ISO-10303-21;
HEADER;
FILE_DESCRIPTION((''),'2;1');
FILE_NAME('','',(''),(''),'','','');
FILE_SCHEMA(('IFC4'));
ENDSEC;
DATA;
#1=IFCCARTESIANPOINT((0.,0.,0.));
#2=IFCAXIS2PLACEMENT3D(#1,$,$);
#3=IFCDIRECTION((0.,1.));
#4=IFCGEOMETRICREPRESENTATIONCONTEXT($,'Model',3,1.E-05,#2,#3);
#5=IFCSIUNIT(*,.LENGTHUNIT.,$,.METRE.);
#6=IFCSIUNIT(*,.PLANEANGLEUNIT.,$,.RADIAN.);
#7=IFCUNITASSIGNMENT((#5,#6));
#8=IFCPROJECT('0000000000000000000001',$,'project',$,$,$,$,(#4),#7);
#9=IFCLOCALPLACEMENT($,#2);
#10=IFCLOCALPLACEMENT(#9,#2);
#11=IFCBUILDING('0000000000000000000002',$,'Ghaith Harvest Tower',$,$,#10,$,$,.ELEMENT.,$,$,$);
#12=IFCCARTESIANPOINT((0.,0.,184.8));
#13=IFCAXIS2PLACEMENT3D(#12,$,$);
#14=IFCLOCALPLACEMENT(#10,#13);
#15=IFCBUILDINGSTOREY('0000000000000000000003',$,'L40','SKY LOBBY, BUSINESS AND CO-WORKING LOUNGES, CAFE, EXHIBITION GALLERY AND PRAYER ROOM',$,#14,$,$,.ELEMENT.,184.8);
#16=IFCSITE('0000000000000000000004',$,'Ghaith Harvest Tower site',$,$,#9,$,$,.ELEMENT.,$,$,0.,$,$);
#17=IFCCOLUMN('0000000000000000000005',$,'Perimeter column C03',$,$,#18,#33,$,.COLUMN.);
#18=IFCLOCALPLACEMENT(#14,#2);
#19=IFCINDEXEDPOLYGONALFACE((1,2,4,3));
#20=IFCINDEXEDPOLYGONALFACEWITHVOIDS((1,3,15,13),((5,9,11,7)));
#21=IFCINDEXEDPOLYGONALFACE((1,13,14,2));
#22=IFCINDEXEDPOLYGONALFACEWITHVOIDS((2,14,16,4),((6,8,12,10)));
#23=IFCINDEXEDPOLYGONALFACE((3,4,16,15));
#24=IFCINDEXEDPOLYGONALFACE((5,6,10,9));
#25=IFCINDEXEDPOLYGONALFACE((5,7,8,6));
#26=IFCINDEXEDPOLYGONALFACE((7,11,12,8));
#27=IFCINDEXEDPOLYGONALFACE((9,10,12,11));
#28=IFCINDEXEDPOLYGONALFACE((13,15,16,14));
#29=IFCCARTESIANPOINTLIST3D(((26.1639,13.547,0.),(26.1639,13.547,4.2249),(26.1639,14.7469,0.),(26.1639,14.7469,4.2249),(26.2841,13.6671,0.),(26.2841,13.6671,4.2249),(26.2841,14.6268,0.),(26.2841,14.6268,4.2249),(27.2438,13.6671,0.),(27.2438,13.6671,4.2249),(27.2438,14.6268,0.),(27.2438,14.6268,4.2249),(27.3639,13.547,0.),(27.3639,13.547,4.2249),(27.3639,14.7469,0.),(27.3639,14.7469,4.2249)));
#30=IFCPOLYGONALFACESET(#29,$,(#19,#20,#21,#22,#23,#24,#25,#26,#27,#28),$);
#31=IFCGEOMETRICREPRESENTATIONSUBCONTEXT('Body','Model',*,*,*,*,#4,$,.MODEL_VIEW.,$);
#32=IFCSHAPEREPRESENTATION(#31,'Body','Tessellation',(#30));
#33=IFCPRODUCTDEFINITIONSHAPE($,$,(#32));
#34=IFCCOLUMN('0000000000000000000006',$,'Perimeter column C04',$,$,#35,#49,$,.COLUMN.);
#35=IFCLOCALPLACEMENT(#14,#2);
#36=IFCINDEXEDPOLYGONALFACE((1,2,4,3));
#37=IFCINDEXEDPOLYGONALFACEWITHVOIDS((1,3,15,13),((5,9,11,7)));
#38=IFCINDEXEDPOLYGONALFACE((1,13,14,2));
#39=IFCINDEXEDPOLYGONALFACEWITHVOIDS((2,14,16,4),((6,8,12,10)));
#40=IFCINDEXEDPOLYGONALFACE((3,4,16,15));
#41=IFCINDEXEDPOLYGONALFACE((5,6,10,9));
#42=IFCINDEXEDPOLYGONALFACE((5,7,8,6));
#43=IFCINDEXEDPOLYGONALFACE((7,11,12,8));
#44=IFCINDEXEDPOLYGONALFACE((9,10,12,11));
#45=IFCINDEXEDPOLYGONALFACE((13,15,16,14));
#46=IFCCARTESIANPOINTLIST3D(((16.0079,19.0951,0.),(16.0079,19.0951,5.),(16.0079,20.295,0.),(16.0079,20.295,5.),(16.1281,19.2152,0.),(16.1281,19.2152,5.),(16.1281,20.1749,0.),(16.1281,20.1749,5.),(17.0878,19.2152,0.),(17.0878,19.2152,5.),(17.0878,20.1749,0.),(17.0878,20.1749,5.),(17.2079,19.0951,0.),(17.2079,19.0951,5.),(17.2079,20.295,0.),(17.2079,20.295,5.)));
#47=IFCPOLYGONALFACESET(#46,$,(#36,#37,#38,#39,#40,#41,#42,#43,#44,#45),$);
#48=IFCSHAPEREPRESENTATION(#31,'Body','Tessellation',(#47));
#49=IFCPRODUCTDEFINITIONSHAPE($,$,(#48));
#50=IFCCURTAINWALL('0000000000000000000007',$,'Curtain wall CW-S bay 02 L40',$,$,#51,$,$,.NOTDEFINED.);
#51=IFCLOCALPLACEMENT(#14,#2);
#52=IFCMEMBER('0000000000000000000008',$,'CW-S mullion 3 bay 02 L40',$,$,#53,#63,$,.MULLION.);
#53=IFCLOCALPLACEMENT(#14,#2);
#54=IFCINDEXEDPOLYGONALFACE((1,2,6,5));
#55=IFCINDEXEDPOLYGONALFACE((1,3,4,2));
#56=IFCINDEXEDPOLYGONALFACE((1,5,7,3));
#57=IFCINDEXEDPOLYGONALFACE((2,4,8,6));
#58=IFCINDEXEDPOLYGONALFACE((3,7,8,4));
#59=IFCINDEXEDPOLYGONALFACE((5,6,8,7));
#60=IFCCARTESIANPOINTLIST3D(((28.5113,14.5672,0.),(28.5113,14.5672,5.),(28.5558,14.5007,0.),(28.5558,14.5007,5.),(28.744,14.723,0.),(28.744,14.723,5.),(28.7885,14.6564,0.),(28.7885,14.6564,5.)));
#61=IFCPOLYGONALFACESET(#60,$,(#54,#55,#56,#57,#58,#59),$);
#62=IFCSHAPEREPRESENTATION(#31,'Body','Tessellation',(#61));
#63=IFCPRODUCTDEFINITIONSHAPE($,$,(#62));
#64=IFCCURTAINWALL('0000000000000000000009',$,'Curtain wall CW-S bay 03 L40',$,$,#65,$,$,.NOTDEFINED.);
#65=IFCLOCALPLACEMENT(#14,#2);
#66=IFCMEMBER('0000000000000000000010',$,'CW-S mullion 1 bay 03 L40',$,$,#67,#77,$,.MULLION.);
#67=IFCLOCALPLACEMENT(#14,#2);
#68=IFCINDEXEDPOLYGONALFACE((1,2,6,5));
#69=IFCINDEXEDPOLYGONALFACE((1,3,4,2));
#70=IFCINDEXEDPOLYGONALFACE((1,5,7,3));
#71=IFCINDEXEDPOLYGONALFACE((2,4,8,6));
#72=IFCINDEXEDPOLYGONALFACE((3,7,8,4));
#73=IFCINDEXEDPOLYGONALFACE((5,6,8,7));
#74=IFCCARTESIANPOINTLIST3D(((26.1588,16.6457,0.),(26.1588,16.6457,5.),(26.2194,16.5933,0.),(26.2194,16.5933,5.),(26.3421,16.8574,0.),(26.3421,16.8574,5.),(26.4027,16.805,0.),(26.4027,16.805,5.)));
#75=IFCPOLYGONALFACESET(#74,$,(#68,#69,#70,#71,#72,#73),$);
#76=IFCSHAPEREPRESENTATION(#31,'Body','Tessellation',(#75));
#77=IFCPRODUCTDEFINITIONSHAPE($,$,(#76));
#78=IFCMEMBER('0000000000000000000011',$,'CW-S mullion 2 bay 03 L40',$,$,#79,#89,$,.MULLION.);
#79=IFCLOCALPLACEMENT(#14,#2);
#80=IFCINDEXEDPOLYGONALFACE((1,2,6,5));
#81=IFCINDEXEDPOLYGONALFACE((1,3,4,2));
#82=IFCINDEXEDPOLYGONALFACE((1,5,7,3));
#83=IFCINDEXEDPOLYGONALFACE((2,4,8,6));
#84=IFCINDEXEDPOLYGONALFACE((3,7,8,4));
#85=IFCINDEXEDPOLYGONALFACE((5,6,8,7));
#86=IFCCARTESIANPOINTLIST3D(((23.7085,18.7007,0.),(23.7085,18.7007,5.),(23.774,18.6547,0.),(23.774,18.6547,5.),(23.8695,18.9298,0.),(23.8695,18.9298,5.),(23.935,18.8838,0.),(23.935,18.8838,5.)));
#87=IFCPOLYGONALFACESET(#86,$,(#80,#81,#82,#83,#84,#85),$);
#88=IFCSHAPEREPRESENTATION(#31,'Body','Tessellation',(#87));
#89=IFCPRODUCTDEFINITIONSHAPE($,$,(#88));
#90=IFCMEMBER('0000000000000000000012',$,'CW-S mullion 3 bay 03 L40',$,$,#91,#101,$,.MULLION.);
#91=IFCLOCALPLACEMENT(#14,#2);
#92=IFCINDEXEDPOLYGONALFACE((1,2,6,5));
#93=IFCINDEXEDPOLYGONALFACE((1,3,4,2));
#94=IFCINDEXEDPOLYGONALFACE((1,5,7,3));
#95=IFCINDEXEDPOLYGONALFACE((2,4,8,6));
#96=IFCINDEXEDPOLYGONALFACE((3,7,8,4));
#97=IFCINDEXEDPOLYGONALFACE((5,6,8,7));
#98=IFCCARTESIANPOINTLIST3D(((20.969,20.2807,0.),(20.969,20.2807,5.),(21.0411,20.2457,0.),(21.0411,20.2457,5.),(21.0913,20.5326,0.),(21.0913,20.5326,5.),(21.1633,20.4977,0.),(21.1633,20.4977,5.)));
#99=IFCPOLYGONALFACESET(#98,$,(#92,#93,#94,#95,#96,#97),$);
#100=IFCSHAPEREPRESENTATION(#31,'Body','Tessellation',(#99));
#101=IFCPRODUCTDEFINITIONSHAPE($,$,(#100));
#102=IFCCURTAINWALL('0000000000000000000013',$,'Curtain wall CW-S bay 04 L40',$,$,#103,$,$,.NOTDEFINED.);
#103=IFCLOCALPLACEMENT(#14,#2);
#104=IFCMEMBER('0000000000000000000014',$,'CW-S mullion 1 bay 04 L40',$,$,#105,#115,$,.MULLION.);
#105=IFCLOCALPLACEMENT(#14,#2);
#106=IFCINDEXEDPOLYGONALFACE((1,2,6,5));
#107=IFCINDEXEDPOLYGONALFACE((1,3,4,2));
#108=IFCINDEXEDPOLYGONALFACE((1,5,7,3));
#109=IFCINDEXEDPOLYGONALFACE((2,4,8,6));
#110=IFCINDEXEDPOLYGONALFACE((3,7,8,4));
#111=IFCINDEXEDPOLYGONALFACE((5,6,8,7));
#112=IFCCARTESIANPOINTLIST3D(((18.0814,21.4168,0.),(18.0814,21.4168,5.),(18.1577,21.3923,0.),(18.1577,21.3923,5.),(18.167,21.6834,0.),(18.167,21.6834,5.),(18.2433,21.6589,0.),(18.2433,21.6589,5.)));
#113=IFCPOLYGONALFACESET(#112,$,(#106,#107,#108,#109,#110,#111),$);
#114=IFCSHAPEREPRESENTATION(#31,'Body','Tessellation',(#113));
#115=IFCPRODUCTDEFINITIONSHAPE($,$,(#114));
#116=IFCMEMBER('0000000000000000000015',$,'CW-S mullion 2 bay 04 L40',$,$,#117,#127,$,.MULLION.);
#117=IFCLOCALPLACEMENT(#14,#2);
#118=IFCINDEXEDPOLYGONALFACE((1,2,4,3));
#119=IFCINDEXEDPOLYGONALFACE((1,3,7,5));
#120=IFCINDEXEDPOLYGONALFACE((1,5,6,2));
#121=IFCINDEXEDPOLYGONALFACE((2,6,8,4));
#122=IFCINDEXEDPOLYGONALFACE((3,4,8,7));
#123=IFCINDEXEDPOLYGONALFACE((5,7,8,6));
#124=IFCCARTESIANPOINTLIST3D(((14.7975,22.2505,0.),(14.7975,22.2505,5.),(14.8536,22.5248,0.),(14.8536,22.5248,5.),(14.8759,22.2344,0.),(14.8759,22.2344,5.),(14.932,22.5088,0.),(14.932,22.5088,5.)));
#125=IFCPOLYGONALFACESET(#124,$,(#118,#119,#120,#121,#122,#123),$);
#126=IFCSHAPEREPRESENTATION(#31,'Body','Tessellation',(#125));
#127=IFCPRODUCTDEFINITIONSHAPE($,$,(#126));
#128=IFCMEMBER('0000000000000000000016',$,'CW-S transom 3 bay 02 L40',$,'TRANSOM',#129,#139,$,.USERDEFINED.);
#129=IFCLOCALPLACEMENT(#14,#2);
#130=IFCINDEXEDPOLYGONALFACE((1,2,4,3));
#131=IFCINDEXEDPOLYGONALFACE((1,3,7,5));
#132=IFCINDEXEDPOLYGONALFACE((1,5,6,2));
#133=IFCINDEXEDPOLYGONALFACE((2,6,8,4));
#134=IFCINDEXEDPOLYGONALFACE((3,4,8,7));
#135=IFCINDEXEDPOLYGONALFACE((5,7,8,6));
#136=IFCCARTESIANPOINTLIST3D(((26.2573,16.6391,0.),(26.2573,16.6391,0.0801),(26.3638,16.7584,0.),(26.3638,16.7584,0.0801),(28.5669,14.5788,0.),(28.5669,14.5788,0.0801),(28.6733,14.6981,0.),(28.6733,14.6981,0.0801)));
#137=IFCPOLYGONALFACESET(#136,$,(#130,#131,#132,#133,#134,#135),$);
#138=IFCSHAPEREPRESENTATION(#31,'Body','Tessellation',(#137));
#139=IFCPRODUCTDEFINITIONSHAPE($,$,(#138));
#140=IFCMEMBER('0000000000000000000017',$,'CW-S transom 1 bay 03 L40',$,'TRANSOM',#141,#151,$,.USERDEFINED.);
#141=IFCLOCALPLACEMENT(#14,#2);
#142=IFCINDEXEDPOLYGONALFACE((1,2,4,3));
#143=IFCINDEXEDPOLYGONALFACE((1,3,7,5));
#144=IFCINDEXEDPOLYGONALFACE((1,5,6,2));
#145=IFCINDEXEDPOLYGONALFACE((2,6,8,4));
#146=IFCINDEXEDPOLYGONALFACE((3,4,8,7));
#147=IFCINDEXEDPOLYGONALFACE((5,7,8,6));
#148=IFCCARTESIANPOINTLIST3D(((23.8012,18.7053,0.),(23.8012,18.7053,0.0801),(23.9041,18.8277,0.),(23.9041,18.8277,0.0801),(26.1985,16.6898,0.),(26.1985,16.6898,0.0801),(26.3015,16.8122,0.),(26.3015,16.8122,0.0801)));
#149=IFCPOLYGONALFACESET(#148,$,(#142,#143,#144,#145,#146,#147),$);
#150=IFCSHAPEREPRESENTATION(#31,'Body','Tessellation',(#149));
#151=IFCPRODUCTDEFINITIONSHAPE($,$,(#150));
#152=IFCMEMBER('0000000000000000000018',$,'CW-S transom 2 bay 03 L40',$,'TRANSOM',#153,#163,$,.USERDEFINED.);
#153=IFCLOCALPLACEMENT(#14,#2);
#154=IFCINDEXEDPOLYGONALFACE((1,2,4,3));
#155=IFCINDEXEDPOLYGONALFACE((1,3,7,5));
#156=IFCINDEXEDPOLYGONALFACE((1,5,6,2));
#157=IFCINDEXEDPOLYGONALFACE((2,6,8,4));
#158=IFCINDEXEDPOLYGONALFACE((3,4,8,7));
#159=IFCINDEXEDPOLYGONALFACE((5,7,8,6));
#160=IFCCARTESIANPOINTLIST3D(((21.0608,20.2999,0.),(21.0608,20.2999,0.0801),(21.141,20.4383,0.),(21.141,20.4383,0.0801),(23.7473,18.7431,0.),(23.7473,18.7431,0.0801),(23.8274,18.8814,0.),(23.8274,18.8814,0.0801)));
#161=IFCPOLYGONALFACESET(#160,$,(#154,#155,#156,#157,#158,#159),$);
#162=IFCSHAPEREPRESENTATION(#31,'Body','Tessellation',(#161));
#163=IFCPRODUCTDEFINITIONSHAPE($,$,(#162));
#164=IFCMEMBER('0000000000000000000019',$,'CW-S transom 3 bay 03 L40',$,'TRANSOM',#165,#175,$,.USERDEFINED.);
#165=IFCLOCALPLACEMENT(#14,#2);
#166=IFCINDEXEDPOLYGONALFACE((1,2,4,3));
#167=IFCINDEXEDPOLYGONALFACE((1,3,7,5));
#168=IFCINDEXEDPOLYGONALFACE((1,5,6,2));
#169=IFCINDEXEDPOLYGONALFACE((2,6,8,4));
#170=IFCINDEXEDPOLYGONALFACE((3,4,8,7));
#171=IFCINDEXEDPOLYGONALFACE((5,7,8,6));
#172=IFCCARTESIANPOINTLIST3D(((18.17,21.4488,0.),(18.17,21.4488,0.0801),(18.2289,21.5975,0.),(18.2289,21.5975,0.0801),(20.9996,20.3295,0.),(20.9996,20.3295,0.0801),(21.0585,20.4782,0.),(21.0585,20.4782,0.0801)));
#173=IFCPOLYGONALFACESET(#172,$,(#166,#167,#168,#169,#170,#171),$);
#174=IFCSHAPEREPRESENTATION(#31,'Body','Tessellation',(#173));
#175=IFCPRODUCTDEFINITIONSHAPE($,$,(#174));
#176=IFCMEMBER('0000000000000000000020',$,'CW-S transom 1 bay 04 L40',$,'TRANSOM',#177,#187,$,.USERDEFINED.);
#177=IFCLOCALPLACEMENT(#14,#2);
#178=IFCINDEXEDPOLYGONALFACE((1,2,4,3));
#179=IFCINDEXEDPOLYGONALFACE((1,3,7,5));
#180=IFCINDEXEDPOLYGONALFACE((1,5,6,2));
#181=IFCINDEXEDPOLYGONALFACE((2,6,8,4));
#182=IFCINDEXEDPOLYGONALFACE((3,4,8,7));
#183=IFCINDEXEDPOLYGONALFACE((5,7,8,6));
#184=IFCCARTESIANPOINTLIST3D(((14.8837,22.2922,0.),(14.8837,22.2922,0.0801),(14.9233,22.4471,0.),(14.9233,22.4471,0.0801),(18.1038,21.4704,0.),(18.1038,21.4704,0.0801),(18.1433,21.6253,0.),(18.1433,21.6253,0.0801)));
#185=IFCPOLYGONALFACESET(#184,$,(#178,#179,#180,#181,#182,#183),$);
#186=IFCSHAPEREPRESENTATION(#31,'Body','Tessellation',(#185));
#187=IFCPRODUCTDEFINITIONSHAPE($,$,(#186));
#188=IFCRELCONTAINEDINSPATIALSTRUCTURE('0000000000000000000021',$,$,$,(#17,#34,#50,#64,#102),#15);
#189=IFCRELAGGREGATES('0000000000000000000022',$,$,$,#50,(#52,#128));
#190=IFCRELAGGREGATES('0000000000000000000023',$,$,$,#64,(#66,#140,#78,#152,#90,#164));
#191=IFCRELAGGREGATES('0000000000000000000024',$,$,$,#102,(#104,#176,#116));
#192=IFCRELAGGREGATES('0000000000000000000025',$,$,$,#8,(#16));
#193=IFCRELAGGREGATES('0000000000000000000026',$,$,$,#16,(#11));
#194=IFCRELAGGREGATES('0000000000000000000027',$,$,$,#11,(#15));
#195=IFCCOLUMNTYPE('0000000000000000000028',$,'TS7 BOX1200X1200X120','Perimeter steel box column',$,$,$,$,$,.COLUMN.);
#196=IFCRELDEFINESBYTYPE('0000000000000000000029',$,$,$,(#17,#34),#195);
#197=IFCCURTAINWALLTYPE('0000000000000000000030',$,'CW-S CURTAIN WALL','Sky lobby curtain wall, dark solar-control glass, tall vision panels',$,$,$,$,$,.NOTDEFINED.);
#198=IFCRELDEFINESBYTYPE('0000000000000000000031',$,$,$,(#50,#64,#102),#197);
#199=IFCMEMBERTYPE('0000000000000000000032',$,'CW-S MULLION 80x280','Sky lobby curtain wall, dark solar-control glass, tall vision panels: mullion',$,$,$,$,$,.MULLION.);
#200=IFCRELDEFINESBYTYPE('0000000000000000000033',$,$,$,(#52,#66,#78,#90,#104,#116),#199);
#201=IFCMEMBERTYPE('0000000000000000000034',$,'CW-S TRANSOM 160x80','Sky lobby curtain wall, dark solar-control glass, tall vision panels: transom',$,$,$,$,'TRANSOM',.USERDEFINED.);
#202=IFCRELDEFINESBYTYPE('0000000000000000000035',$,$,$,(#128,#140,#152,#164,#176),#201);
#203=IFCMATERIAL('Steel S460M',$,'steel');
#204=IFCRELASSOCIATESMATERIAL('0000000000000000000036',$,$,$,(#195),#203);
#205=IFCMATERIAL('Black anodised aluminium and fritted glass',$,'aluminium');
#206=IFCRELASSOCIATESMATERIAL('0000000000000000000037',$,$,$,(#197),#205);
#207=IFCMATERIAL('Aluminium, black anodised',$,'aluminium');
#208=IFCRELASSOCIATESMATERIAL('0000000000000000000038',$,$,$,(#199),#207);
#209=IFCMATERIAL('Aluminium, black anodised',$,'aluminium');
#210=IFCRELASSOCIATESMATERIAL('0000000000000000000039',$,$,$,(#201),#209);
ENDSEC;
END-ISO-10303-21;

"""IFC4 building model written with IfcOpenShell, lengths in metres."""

from ifc_helpers import new_model, si_unit, direction, frame, origin, origin_2d, place, context, subcontext, project, spatial, rectangle, hollow_rectangle, extrude, material, material_profile, profile_set, type_object, element, aggregate, save


model = new_model("IFC4")

# Units and contexts
model_context = context("Model", 3, precision=1e-05, world=origin(), true_north=direction((0.0, 1.0)))
body_context = subcontext(model_context, "Body", "Model", "MODEL_VIEW")
ifc_project = project(units=[si_unit("LENGTHUNIT", "METRE"), si_unit("PLANEANGLEUNIT", "RADIAN")], contexts=[model_context])

# Site, building, storey
site_placement = place(None, origin())
site = spatial("IfcSite", under=ifc_project, at=site_placement, Name="Ghaith Harvest Tower site", CompositionType="ELEMENT", RefElevation=0.0)
building_placement = place(site_placement, origin())
building = spatial("IfcBuilding", under=site, at=building_placement, Name="Ghaith Harvest Tower", CompositionType="ELEMENT")
storey_placement = place(building_placement, frame((0.0, 0.0, 184.8)))
storey = spatial("IfcBuildingStorey", under=building, at=storey_placement, Name="L40", Description="SKY LOBBY, BUSINESS AND CO-WORKING LOUNGES, CAFE, EXHIBITION GALLERY AND PRAYER ROOM", CompositionType="ELEMENT", Elevation=184.8)

# Columns
ifc_material_1 = material(Name="Steel S460M", Category="steel")
ifc_material_profile_1 = material_profile(ifc_material_1, hollow_rectangle(XDim=1.2, YDim=1.2, WallThickness=0.1201, at=origin_2d()), Name="BOX1200X1200X120")
ifc_profile_set_1 = profile_set([ifc_material_profile_1], Name="Steel S460M")
column_type = type_object("IfcColumnType", Name="TS7 BOX1200X1200X120", Description="Perimeter steel box column", PredefinedType="COLUMN", material=ifc_profile_set_1)
column_1_placement = place(storey_placement, frame((26.7639, 14.147, 0.0), z_axis=(0.0, 0.0, 1.0), x_axis=(1.0, 0.0, 0.0)))
element("IfcColumn", 1, at=column_1_placement, inside=storey, type_object=column_type, Name="Perimeter column C03", PredefinedType="COLUMN", context=body_context, shape_type="SweptSolid", body=[
    extrude(hollow_rectangle(XDim=1.2, YDim=1.2, WallThickness=0.1201, at=origin_2d()), origin(), (0.0, 0.0, 1.0), 4.2249),
])
column_2_placement = place(storey_placement, frame((16.6079, 19.6951, 0.0), z_axis=(0.0, 0.0, 1.0), x_axis=(1.0, 0.0, 0.0)))
element("IfcColumn", 2, at=column_2_placement, inside=storey, type_object=column_type, Name="Perimeter column C04", PredefinedType="COLUMN", context=body_context, shape_type="SweptSolid", body=[
    extrude(hollow_rectangle(XDim=1.2, YDim=1.2, WallThickness=0.1201, at=origin_2d()), origin(), (0.0, 0.0, 1.0), 5.0),
])

# Curtain wall, member
ifc_material_2 = material(Name="Black anodised aluminium and fritted glass", Category="aluminium")
curtain_wall_type = type_object("IfcCurtainWallType", Name="CW-S CURTAIN WALL", Description="Sky lobby curtain wall, dark solar-control glass, tall vision panels", PredefinedType="NOTDEFINED", material=ifc_material_2)
curtain_wall_1_placement = place(storey_placement, origin())
curtain_wall_1 = element("IfcCurtainWall", 3, at=curtain_wall_1_placement, inside=storey, type_object=curtain_wall_type, Name="Curtain wall CW-S bay 02 L40", PredefinedType="NOTDEFINED")
ifc_material_3 = material(Name="Aluminium, black anodised", Category="aluminium")
ifc_material_profile_2 = material_profile(ifc_material_3, rectangle(XDim=0.0801, YDim=0.28, at=origin_2d()), Name="CW-S MULLION 80x280")
ifc_profile_set_2 = profile_set([ifc_material_profile_2], Name="Aluminium, black anodised")
member_type_1 = type_object("IfcMemberType", Name="CW-S MULLION 80x280", Description="Sky lobby curtain wall, dark solar-control glass, tall vision panels: mullion", PredefinedType="MULLION", material=ifc_profile_set_2)
member_1_placement = place(storey_placement, frame((28.6499, 14.6118, 0.0), z_axis=(0.0, 0.0, 1.0), x_axis=(-0.556324, 0.830965, 0.0)))
member_1 = element("IfcMember", 4, at=member_1_placement, type_object=member_type_1, Name="CW-S mullion 3 bay 02 L40", PredefinedType="MULLION", context=body_context, shape_type="SweptSolid", body=[
    extrude(rectangle(XDim=0.0801, YDim=0.28, at=origin_2d()), origin(), (0.0, 0.0, 1.0), 5.0),
])

# Curtain walls, members
curtain_wall_2_placement = place(storey_placement, origin())
curtain_wall_2 = element("IfcCurtainWall", 5, at=curtain_wall_2_placement, inside=storey, type_object=curtain_wall_type, Name="Curtain wall CW-S bay 03 L40", PredefinedType="NOTDEFINED")
member_2_placement = place(storey_placement, frame((26.2808, 16.7253, 0.0), z_axis=(0.0, 0.0, 1.0), x_axis=(-0.755999, 0.654572, 0.0)))
member_2 = element("IfcMember", 6, at=member_2_placement, type_object=member_type_1, Name="CW-S mullion 1 bay 03 L40", PredefinedType="MULLION", context=body_context, shape_type="SweptSolid", body=[
    extrude(rectangle(XDim=0.0801, YDim=0.28, at=origin_2d()), origin(), (0.0, 0.0, 1.0), 5.0),
])
member_3_placement = place(storey_placement, frame((23.8218, 18.7922, 0.0), z_axis=(0.0, 0.0, 1.0), x_axis=(-0.818229, 0.574893, 0.0)))
member_3 = element("IfcMember", 7, at=member_3_placement, type_object=member_type_1, Name="CW-S mullion 2 bay 03 L40", PredefinedType="MULLION", context=body_context, shape_type="SweptSolid", body=[
    extrude(rectangle(XDim=0.0801, YDim=0.28, at=origin_2d()), origin(), (0.0, 0.0, 1.0), 5.0),
])
member_4_placement = place(storey_placement, frame((21.0662, 20.3892, 0.0), z_axis=(0.0, 0.0, 1.0), x_axis=(-0.899713, 0.436481, 0.0)))
member_4 = element("IfcMember", 8, at=member_4_placement, type_object=member_type_1, Name="CW-S mullion 3 bay 03 L40", PredefinedType="MULLION", context=body_context, shape_type="SweptSolid", body=[
    extrude(rectangle(XDim=0.0801, YDim=0.28, at=origin_2d()), origin(), (0.0, 0.0, 1.0), 5.0),
])
curtain_wall_3_placement = place(storey_placement, origin())
curtain_wall_3 = element("IfcCurtainWall", 9, at=curtain_wall_3_placement, inside=storey, type_object=curtain_wall_type, Name="Curtain wall CW-S bay 04 L40", PredefinedType="NOTDEFINED")
member_5_placement = place(storey_placement, frame((18.1624, 21.5378, 0.0), z_axis=(0.0, 0.0, 1.0), x_axis=(-0.952152, 0.305624, 0.0)))
member_5 = element("IfcMember", 10, at=member_5_placement, type_object=member_type_1, Name="CW-S mullion 1 bay 04 L40", PredefinedType="MULLION", context=body_context, shape_type="SweptSolid", body=[
    extrude(rectangle(XDim=0.0801, YDim=0.28, at=origin_2d()), origin(), (0.0, 0.0, 1.0), 5.0),
])
member_6_placement = place(storey_placement, frame((14.8647, 22.3796, 0.0), z_axis=(0.0, 0.0, 1.0), x_axis=(-0.979752, 0.200215, 0.0)))
member_6 = element("IfcMember", 11, at=member_6_placement, type_object=member_type_1, Name="CW-S mullion 2 bay 04 L40", PredefinedType="MULLION", context=body_context, shape_type="SweptSolid", body=[
    extrude(rectangle(XDim=0.0801, YDim=0.28, at=origin_2d()), origin(), (0.0, 0.0, 1.0), 5.0),
])

# Members
ifc_material_4 = material(Name="Aluminium, black anodised", Category="aluminium")
ifc_material_profile_3 = material_profile(ifc_material_4, rectangle(XDim=0.1599, YDim=0.0801, at=origin_2d()), Name="CW-S TRANSOM 160x80")
ifc_profile_set_3 = profile_set([ifc_material_profile_3], Name="Aluminium, black anodised")
member_type_2 = type_object("IfcMemberType", Name="CW-S TRANSOM 160x80", Description="Sky lobby curtain wall, dark solar-control glass, tall vision panels: transom", ElementType="TRANSOM", PredefinedType="USERDEFINED", material=ifc_profile_set_3)
member_7_placement = place(storey_placement, frame((28.6201, 14.6384, 0.04), z_axis=(-0.746229, 0.66569, 0.0), x_axis=(-0.66569, -0.746229, 0.0)))
member_7 = element("IfcMember", 12, at=member_7_placement, type_object=member_type_2, Name="CW-S transom 3 bay 02 L40", ObjectType="TRANSOM", PredefinedType="USERDEFINED", context=body_context, shape_type="SweptSolid", body=[
    extrude(rectangle(XDim=0.1599, YDim=0.0801, at=origin_2d()), origin(), (0.0, 0.0, 1.0), 3.095),
])
member_8_placement = place(storey_placement, frame((26.25, 16.751, 0.04), z_axis=(-0.765428, 0.643521, 0.0), x_axis=(-0.643521, -0.765428, 0.0)))
member_8 = element("IfcMember", 13, at=member_8_placement, type_object=member_type_2, Name="CW-S transom 1 bay 03 L40", ObjectType="TRANSOM", PredefinedType="USERDEFINED", context=body_context, shape_type="SweptSolid", body=[
    extrude(rectangle(XDim=0.1599, YDim=0.0801, at=origin_2d()), origin(), (0.0, 0.0, 1.0), 3.1321),
])
member_9_placement = place(storey_placement, frame((23.7874, 18.8123, 0.04), z_axis=(-0.865213, 0.501405, 0.0), x_axis=(-0.501405, -0.865213, 0.0)))
member_9 = element("IfcMember", 14, at=member_9_placement, type_object=member_type_2, Name="CW-S transom 2 bay 03 L40", ObjectType="TRANSOM", PredefinedType="USERDEFINED", context=body_context, shape_type="SweptSolid", body=[
    extrude(rectangle(XDim=0.1599, YDim=0.0801, at=origin_2d()), origin(), (0.0, 0.0, 1.0), 3.105),
])
member_10_placement = place(storey_placement, frame((21.0291, 20.4038, 0.04), z_axis=(-0.929881, 0.367861, 0.0), x_axis=(-0.367861, -0.929881, 0.0)))
member_10 = element("IfcMember", 15, at=member_10_placement, type_object=member_type_2, Name="CW-S transom 3 bay 03 L40", ObjectType="TRANSOM", PredefinedType="USERDEFINED", context=body_context, shape_type="SweptSolid", body=[
    extrude(rectangle(XDim=0.1599, YDim=0.0801, at=origin_2d()), origin(), (0.0, 0.0, 1.0), 3.043),
])
member_11_placement = place(storey_placement, frame((18.1235, 21.5479, 0.04), z_axis=(-0.968942, 0.247286, 0.0), x_axis=(-0.247286, -0.968942, 0.0)))
member_11 = element("IfcMember", 16, at=member_11_placement, type_object=member_type_2, Name="CW-S transom 1 bay 04 L40", ObjectType="TRANSOM", PredefinedType="USERDEFINED", context=body_context, shape_type="SweptSolid", body=[
    extrude(rectangle(XDim=0.1599, YDim=0.0801, at=origin_2d()), origin(), (0.0, 0.0, 1.0), 3.3232),
])

aggregate(curtain_wall_1, [member_1, member_7])
aggregate(curtain_wall_2, [member_2, member_8, member_3, member_9, member_4, member_10])
aggregate(curtain_wall_3, [member_5, member_11, member_6])

save(model, "model.ifc")
